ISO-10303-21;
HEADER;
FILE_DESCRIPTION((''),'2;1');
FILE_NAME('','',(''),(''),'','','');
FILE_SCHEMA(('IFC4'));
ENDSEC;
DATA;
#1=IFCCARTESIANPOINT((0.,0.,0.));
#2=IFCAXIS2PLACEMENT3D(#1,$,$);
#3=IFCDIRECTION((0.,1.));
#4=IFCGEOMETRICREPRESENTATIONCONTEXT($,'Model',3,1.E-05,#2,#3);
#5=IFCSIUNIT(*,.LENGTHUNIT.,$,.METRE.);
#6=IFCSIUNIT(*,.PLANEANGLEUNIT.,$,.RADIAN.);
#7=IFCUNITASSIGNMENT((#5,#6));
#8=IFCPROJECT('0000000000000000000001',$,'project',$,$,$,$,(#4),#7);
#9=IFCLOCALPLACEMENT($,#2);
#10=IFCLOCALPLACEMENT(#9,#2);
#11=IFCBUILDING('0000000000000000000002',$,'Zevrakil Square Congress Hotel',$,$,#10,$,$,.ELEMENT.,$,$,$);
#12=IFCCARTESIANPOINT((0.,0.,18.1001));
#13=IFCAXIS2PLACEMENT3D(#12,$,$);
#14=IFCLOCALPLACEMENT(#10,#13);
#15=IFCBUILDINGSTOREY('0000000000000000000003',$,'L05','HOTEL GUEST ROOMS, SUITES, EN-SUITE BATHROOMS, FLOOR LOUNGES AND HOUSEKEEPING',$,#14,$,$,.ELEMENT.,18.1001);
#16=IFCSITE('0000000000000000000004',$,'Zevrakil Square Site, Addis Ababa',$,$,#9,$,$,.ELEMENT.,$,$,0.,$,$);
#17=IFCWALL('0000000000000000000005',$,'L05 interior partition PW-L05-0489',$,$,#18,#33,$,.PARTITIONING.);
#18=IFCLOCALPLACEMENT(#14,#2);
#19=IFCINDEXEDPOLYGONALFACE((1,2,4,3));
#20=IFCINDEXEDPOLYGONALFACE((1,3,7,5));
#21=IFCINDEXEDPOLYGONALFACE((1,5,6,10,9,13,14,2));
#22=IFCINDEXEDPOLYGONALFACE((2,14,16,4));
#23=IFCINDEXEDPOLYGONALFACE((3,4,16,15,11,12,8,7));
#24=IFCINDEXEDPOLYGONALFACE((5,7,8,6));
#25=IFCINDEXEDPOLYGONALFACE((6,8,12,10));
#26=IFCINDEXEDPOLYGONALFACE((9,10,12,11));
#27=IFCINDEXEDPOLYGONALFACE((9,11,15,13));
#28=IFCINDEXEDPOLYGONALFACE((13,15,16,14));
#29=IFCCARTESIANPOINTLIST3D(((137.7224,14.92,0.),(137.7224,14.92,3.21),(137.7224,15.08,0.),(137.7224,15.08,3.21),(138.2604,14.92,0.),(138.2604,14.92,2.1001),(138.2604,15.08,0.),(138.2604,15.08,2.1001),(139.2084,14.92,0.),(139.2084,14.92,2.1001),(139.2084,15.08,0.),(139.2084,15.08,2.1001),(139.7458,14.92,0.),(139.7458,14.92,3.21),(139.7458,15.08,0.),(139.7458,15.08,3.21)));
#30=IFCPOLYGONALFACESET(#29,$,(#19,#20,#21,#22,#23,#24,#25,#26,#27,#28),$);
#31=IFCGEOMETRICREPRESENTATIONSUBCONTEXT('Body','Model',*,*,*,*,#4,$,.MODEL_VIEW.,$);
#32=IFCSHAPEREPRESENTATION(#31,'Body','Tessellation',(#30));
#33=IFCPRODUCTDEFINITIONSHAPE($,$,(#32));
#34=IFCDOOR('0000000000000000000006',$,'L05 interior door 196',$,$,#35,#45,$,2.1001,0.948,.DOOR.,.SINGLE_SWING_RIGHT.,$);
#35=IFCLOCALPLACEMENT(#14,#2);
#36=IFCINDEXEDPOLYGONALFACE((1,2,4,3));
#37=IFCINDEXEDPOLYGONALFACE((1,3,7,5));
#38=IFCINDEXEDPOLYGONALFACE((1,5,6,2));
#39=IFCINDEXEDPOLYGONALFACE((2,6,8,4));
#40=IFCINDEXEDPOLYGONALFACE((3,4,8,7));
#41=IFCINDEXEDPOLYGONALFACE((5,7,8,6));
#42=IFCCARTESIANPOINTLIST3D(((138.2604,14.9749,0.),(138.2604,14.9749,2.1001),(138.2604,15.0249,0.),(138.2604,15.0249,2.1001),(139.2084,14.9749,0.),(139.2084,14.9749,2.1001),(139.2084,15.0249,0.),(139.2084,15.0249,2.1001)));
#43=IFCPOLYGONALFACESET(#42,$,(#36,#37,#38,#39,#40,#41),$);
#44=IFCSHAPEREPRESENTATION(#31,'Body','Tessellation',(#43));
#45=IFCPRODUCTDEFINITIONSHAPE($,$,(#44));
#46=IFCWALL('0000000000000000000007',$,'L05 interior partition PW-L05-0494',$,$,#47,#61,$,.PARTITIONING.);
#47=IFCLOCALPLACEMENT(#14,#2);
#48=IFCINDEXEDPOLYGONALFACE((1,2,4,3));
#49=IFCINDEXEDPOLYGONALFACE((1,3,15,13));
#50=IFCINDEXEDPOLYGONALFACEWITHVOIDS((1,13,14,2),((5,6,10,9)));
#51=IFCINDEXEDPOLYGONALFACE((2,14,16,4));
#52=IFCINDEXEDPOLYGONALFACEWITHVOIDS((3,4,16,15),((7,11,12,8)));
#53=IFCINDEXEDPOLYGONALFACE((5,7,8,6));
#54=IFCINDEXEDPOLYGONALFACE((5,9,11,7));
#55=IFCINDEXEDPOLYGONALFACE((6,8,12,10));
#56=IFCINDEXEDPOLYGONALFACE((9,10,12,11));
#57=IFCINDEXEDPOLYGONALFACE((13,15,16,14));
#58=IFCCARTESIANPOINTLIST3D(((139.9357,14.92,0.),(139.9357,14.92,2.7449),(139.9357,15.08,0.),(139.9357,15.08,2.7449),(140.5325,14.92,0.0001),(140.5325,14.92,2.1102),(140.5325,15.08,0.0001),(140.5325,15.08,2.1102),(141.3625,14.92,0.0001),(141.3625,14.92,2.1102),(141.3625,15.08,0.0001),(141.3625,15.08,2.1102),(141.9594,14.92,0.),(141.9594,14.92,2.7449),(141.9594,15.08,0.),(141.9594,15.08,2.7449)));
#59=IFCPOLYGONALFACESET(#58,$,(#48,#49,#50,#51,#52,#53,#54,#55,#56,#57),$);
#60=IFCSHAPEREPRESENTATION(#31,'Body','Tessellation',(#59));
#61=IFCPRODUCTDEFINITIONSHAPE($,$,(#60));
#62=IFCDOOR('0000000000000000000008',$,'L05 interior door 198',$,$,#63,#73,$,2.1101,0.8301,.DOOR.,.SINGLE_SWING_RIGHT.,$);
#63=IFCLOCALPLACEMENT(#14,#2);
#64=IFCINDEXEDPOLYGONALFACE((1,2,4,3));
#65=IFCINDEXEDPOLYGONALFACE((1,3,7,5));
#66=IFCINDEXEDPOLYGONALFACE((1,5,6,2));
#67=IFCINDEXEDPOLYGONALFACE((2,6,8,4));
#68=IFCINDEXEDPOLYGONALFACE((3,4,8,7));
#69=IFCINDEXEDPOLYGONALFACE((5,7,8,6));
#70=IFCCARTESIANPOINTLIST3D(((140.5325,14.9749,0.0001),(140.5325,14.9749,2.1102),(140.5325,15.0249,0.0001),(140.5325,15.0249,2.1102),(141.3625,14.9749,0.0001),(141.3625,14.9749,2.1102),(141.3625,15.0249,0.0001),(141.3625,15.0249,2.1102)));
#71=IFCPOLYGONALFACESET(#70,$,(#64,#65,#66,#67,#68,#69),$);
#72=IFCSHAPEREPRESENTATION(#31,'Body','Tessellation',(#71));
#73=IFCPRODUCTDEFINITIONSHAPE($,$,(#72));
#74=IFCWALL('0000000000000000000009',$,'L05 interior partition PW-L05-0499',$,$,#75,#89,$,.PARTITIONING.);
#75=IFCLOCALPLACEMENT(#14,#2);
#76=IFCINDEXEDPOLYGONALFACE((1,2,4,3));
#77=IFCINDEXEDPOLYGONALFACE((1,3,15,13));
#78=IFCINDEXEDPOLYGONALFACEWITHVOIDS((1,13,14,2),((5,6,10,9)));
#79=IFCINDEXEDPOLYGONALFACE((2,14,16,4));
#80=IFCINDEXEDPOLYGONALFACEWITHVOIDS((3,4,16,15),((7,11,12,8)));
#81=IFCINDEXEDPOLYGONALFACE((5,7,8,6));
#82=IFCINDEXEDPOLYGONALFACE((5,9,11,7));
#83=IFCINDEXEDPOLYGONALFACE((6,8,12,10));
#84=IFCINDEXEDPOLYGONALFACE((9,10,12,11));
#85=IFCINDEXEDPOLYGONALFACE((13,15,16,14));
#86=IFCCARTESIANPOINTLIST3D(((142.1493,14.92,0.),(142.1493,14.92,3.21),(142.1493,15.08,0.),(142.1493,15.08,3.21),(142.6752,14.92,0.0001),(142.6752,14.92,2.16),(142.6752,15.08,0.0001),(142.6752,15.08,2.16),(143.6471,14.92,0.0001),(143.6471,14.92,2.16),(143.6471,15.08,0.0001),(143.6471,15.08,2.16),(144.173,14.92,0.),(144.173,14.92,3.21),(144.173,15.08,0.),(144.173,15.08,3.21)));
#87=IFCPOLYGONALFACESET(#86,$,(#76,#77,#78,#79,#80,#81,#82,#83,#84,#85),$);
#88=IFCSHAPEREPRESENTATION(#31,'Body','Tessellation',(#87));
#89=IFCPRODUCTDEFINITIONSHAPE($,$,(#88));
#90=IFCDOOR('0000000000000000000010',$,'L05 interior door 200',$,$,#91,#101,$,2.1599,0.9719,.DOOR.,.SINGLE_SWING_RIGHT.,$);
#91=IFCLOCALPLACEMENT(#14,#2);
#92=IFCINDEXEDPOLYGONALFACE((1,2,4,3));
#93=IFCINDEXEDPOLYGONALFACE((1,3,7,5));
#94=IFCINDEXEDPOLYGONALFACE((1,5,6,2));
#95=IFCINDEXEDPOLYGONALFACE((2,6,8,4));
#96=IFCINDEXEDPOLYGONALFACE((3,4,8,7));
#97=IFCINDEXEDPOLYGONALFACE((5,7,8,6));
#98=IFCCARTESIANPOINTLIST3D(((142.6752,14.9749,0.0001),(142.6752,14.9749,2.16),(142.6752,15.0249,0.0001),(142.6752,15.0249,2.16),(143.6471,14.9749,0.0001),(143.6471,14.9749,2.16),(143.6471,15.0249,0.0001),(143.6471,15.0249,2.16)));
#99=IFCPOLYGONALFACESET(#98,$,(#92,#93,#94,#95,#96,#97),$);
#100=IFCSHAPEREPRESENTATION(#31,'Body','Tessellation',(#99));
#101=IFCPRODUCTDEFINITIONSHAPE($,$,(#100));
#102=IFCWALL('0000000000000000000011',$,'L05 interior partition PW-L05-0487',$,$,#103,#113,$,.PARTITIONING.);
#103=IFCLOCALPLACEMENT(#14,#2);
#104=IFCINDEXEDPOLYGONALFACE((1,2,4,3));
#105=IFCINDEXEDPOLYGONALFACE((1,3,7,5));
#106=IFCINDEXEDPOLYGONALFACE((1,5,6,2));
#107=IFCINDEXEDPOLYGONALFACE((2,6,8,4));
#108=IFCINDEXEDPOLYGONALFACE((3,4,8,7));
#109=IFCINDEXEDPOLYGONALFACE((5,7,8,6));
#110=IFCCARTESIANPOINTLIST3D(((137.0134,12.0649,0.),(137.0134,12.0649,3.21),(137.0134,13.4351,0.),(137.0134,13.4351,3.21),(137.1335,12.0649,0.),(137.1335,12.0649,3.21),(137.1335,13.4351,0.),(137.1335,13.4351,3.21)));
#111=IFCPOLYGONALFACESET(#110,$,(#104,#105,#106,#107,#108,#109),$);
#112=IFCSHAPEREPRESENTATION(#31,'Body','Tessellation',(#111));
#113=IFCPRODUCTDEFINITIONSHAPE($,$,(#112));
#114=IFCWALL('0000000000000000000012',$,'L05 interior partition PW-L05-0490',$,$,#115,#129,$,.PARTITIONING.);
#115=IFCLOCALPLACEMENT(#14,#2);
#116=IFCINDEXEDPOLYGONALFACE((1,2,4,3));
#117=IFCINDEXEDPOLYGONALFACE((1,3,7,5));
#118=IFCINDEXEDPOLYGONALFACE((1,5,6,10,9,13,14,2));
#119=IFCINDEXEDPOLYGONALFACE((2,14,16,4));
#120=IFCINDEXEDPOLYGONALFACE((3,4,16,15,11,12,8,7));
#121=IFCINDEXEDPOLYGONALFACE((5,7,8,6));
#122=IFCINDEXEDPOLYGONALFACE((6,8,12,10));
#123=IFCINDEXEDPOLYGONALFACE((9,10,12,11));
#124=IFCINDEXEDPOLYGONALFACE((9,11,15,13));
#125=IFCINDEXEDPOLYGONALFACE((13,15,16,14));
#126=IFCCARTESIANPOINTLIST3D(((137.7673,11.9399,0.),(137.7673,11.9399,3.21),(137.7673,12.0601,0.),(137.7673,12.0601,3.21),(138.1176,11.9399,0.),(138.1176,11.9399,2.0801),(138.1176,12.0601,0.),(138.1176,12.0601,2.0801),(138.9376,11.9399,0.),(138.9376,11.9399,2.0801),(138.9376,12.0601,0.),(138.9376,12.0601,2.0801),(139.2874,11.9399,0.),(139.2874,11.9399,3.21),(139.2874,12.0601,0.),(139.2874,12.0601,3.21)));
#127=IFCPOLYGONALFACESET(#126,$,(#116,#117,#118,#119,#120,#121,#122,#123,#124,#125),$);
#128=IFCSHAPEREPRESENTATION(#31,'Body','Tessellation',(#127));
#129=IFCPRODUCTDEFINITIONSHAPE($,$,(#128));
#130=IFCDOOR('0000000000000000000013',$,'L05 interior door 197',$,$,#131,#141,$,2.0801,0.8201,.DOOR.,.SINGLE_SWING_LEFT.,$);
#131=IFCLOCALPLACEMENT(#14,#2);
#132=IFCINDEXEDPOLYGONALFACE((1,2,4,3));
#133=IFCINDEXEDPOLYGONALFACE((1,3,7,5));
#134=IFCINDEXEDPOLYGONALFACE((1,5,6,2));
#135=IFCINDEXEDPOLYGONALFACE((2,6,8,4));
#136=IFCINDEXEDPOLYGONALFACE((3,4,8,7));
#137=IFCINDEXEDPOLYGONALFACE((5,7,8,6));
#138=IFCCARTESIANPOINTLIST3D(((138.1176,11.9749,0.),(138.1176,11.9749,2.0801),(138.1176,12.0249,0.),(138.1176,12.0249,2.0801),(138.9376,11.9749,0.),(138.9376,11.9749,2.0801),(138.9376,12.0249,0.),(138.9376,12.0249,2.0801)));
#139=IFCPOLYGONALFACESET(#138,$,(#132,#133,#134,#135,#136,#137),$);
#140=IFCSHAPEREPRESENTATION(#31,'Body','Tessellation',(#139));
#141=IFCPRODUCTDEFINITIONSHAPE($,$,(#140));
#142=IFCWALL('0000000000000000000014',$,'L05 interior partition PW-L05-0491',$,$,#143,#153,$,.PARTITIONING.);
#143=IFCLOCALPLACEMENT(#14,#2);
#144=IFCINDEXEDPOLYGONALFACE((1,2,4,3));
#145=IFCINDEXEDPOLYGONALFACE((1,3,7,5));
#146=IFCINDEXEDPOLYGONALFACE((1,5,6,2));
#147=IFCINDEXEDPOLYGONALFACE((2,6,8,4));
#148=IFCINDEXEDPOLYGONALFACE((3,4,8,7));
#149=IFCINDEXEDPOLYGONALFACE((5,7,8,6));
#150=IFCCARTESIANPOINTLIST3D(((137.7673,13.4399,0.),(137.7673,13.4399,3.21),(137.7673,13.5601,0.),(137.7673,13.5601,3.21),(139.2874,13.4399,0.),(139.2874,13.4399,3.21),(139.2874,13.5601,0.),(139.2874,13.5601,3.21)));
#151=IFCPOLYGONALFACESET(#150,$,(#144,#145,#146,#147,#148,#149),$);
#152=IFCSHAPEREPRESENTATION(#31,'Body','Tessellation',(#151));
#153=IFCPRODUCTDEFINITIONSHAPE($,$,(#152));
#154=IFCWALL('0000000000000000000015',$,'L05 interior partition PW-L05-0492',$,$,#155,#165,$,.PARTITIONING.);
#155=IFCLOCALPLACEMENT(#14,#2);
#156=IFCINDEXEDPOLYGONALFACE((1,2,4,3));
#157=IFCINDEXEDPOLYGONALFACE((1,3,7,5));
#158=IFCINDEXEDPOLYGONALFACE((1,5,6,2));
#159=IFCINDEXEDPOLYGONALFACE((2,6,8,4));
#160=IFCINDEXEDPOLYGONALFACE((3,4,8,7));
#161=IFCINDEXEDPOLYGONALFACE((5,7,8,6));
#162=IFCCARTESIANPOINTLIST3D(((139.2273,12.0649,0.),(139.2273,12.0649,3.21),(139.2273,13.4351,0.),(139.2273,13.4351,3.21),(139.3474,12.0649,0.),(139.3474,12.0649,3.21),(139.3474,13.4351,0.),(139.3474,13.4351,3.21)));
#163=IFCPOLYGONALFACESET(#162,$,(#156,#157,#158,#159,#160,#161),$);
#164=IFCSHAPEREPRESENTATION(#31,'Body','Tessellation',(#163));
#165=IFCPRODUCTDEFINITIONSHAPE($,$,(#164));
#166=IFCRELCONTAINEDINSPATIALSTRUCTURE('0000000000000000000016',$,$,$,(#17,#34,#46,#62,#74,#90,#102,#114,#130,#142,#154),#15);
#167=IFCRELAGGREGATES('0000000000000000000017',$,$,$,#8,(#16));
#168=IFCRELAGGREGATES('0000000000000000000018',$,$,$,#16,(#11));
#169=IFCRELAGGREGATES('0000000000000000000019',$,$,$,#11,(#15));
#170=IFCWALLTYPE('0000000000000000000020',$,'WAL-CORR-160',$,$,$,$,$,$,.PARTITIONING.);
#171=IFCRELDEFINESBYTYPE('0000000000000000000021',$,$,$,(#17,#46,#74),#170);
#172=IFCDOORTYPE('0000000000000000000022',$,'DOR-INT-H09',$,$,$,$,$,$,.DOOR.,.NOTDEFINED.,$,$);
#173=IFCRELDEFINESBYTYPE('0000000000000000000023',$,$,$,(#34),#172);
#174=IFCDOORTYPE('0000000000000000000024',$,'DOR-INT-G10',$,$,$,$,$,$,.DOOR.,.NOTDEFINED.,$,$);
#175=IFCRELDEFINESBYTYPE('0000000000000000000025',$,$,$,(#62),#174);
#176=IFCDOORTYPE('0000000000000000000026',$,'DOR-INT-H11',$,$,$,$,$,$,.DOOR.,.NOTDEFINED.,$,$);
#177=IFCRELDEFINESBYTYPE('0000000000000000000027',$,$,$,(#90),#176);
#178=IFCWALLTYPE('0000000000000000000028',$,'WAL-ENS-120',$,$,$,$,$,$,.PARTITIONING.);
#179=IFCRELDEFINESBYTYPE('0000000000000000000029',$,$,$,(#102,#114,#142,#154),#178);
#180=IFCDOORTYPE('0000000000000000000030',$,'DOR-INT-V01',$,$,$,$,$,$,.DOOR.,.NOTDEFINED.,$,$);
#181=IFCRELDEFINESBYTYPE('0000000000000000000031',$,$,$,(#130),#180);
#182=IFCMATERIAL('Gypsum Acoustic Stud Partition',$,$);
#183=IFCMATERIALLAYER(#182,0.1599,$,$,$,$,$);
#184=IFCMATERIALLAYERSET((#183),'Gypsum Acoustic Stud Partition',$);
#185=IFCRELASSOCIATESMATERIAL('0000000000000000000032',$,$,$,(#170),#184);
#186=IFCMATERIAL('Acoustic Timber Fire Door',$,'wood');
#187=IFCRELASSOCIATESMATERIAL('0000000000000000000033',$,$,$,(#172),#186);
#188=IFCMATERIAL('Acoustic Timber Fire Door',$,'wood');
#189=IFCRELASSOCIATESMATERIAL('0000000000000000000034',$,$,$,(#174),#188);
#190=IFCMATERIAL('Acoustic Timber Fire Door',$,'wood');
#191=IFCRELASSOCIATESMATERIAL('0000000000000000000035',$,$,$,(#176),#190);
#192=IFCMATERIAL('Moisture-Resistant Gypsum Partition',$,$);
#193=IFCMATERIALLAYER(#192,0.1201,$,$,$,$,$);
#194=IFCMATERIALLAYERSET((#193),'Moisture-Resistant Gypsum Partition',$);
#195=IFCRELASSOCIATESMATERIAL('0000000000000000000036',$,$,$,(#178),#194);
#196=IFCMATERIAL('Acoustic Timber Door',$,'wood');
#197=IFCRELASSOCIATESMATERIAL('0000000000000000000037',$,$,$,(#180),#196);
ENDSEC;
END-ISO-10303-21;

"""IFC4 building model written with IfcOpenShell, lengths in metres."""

from ifc_helpers import new_model, si_unit, direction, frame, frame_2d, origin, place, context, subcontext, project, spatial, rectangle, extrude, material, layer, layer_set, type_object, element, fill, save


model = new_model("IFC4")

# Units and contexts
model_context = context("Model", 3, precision=1e-05, world=origin(), true_north=direction((0.0, 1.0)))
body_context = subcontext(model_context, "Body", "Model", "MODEL_VIEW")
ifc_project = project(units=[si_unit("LENGTHUNIT", "METRE"), si_unit("PLANEANGLEUNIT", "RADIAN")], contexts=[model_context])

# Site, building, storey
site_placement = place(None, origin())
site = spatial("IfcSite", under=ifc_project, at=site_placement, Name="Zevrakil Square Site, Addis Ababa", CompositionType="ELEMENT", RefElevation=0.0)
building_placement = place(site_placement, origin())
building = spatial("IfcBuilding", under=site, at=building_placement, Name="Zevrakil Square Congress Hotel", CompositionType="ELEMENT")
storey_placement = place(building_placement, frame((0.0, 0.0, 18.1001)))
storey = spatial("IfcBuildingStorey", under=building, at=storey_placement, Name="L05", Description="HOTEL GUEST ROOMS, SUITES, EN-SUITE BATHROOMS, FLOOR LOUNGES AND HOUSEKEEPING", CompositionType="ELEMENT", Elevation=18.1001)

# Walls, openings, doors
ifc_material_1 = material(Name="Gypsum Acoustic Stud Partition")
ifc_layer_1 = layer(ifc_material_1, 0.1599)
ifc_layer_set_1 = layer_set([ifc_layer_1], Name="Gypsum Acoustic Stud Partition")
wall_type_1 = type_object("IfcWallType", Name="WAL-CORR-160", PredefinedType="PARTITIONING", material=ifc_layer_set_1)
wall_1_placement = place(storey_placement, frame((137.7224, 15.0, 0.0), z_axis=(0.0, 0.0, 1.0), x_axis=(1.0, 0.0, 0.0)))
wall_1 = element("IfcWall", 1, at=wall_1_placement, inside=storey, type_object=wall_type_1, Name="L05 interior partition PW-L05-0489", PredefinedType="PARTITIONING", context=body_context, shape_type="SweptSolid", body=[
    extrude(rectangle(XDim=2.0234, YDim=0.1599, at=frame_2d((1.0117, 0.0))), origin(), (0.0, 0.0, 1.0), 3.21),
])
opening_1_placement = place(wall_1_placement, frame((0.5378, 0.0, 0.0)))
opening_1 = element("IfcOpeningElement", 2, at=opening_1_placement, cuts=wall_1, PredefinedType="OPENING", context=body_context, shape_type="SweptSolid", body=[
    extrude(rectangle(XDim=0.948, YDim=2.1001, at=frame_2d((0.4741, 1.05))), frame((0.0, 0.0898, 0.0), z_axis=(0.0, -1.0, 0.0), x_axis=(1.0, 0.0, 0.0)), (0.0, 0.0, 1.0), 0.1799),
])
ifc_material_2 = material(Name="Acoustic Timber Fire Door", Category="wood")
door_type_1 = type_object("IfcDoorType", Name="DOR-INT-H09", OperationType="NOTDEFINED", PredefinedType="DOOR", material=ifc_material_2)
door_1_placement = place(opening_1_placement, origin())
door_1 = element("IfcDoor", 3, at=door_1_placement, inside=storey, type_object=door_type_1, Name="L05 interior door 196", OperationType="SINGLE_SWING_RIGHT", OverallHeight=2.1001, OverallWidth=0.948, PredefinedType="DOOR", context=body_context, shape_type="SweptSolid", body=[
    extrude(rectangle(XDim=0.948, YDim=2.1001, at=frame_2d((0.4741, 1.05))), frame((0.0, 0.0249, 0.0), z_axis=(0.0, -1.0, 0.0), x_axis=(1.0, 0.0, 0.0)), (0.0, 0.0, 1.0), 0.05),
])
fill(opening_1, door_1)
wall_2_placement = place(storey_placement, frame((139.9358, 15.0, 0.0), z_axis=(0.0, 0.0, 1.0), x_axis=(1.0, 0.0, 0.0)))
wall_2 = element("IfcWall", 4, at=wall_2_placement, inside=storey, type_object=wall_type_1, Name="L05 interior partition PW-L05-0494", PredefinedType="PARTITIONING", context=body_context, shape_type="SweptSolid", body=[
    extrude(rectangle(XDim=2.0237, YDim=0.1599, at=frame_2d((1.0117, 0.0))), origin(), (0.0, 0.0, 1.0), 2.7449),
])
opening_2_placement = place(wall_2_placement, frame((0.5967, 0.0, 0.0)))
opening_2 = element("IfcOpeningElement", 5, at=opening_2_placement, cuts=wall_2, PredefinedType="OPENING", context=body_context, shape_type="SweptSolid", body=[
    extrude(rectangle(XDim=0.8301, YDim=2.1101, at=frame_2d((0.415, 1.0552))), frame((0.0, 0.0898, 0.0), z_axis=(0.0, -1.0, 0.0), x_axis=(1.0, 0.0, 0.0)), (0.0, 0.0, 1.0), 0.1799),
])
ifc_material_3 = material(Name="Acoustic Timber Fire Door", Category="wood")
door_type_2 = type_object("IfcDoorType", Name="DOR-INT-G10", OperationType="NOTDEFINED", PredefinedType="DOOR", material=ifc_material_3)
door_2_placement = place(opening_2_placement, origin())
door_2 = element("IfcDoor", 6, at=door_2_placement, inside=storey, type_object=door_type_2, Name="L05 interior door 198", OperationType="SINGLE_SWING_RIGHT", OverallHeight=2.1101, OverallWidth=0.8301, PredefinedType="DOOR", context=body_context, shape_type="SweptSolid", body=[
    extrude(rectangle(XDim=0.8301, YDim=2.1101, at=frame_2d((0.415, 1.0552))), frame((0.0, 0.0249, 0.0), z_axis=(0.0, -1.0, 0.0), x_axis=(1.0, 0.0, 0.0)), (0.0, 0.0, 1.0), 0.05),
])
fill(opening_2, door_2)
wall_3_placement = place(storey_placement, frame((142.1494, 15.0, 0.0), z_axis=(0.0, 0.0, 1.0), x_axis=(1.0, 0.0, 0.0)))
wall_3 = element("IfcWall", 7, at=wall_3_placement, inside=storey, type_object=wall_type_1, Name="L05 interior partition PW-L05-0499", PredefinedType="PARTITIONING", context=body_context, shape_type="SweptSolid", body=[
    extrude(rectangle(XDim=2.0237, YDim=0.1599, at=frame_2d((1.0117, 0.0))), origin(), (0.0, 0.0, 1.0), 3.21),
])
opening_3_placement = place(wall_3_placement, frame((0.5259, 0.0, 0.0)))
opening_3 = element("IfcOpeningElement", 8, at=opening_3_placement, cuts=wall_3, PredefinedType="OPENING", context=body_context, shape_type="SweptSolid", body=[
    extrude(rectangle(XDim=0.9719, YDim=2.1599, at=frame_2d((0.4858, 1.0801))), frame((0.0, 0.0898, 0.0), z_axis=(0.0, -1.0, 0.0), x_axis=(1.0, 0.0, 0.0)), (0.0, 0.0, 1.0), 0.1799),
])
ifc_material_4 = material(Name="Acoustic Timber Fire Door", Category="wood")
door_type_3 = type_object("IfcDoorType", Name="DOR-INT-H11", OperationType="NOTDEFINED", PredefinedType="DOOR", material=ifc_material_4)
door_3_placement = place(opening_3_placement, origin())
door_3 = element("IfcDoor", 9, at=door_3_placement, inside=storey, type_object=door_type_3, Name="L05 interior door 200", OperationType="SINGLE_SWING_RIGHT", OverallHeight=2.1599, OverallWidth=0.9719, PredefinedType="DOOR", context=body_context, shape_type="SweptSolid", body=[
    extrude(rectangle(XDim=0.9719, YDim=2.1599, at=frame_2d((0.4858, 1.0801))), frame((0.0, 0.0249, 0.0), z_axis=(0.0, -1.0, 0.0), x_axis=(1.0, 0.0, 0.0)), (0.0, 0.0, 1.0), 0.05),
])
fill(opening_3, door_3)

# Wall
ifc_material_5 = material(Name="Moisture-Resistant Gypsum Partition")
ifc_layer_2 = layer(ifc_material_5, 0.1201)
ifc_layer_set_2 = layer_set([ifc_layer_2], Name="Moisture-Resistant Gypsum Partition")
wall_type_2 = type_object("IfcWallType", Name="WAL-ENS-120", PredefinedType="PARTITIONING", material=ifc_layer_set_2)
wall_4_placement = place(storey_placement, frame((137.0735, 12.0649, 0.0), z_axis=(0.0, 0.0, 1.0), x_axis=(0.0, 1.0, 0.0)))
element("IfcWall", 10, at=wall_4_placement, inside=storey, type_object=wall_type_2, Name="L05 interior partition PW-L05-0487", PredefinedType="PARTITIONING", context=body_context, shape_type="SweptSolid", body=[
    extrude(rectangle(XDim=1.3701, YDim=0.1201, at=frame_2d((0.6851, 0.0))), origin(), (0.0, 0.0, 1.0), 3.21),
])

# Wall, opening, door
wall_5_placement = place(storey_placement, frame((137.7673, 12.0, 0.0), z_axis=(0.0, 0.0, 1.0), x_axis=(1.0, 0.0, 0.0)))
wall_5 = element("IfcWall", 11, at=wall_5_placement, inside=storey, type_object=wall_type_2, Name="L05 interior partition PW-L05-0490", PredefinedType="PARTITIONING", context=body_context, shape_type="SweptSolid", body=[
    extrude(rectangle(XDim=1.52, YDim=0.1201, at=frame_2d((0.76, 0.0))), origin(), (0.0, 0.0, 1.0), 3.21),
])
opening_4_placement = place(wall_5_placement, frame((0.3501, 0.0, 0.0)))
opening_4 = element("IfcOpeningElement", 12, at=opening_4_placement, cuts=wall_5, PredefinedType="OPENING", context=body_context, shape_type="SweptSolid", body=[
    extrude(rectangle(XDim=0.8201, YDim=2.0801, at=frame_2d((0.4102, 1.04))), frame((0.0, 0.0701, 0.0), z_axis=(0.0, -1.0, 0.0), x_axis=(1.0, 0.0, 0.0)), (0.0, 0.0, 1.0), 0.1401),
])
ifc_material_6 = material(Name="Acoustic Timber Door", Category="wood")
door_type_4 = type_object("IfcDoorType", Name="DOR-INT-V01", OperationType="NOTDEFINED", PredefinedType="DOOR", material=ifc_material_6)
door_4_placement = place(opening_4_placement, origin())
door_4 = element("IfcDoor", 13, at=door_4_placement, inside=storey, type_object=door_type_4, Name="L05 interior door 197", OperationType="SINGLE_SWING_LEFT", OverallHeight=2.0801, OverallWidth=0.8201, PredefinedType="DOOR", context=body_context, shape_type="SweptSolid", body=[
    extrude(rectangle(XDim=0.8201, YDim=2.0801, at=frame_2d((0.4102, 1.04))), frame((0.0, 0.0249, 0.0), z_axis=(0.0, -1.0, 0.0), x_axis=(1.0, 0.0, 0.0)), (0.0, 0.0, 1.0), 0.05),
])
fill(opening_4, door_4)

# Walls
wall_6_placement = place(storey_placement, frame((137.7673, 13.5, 0.0), z_axis=(0.0, 0.0, 1.0), x_axis=(1.0, 0.0, 0.0)))
element("IfcWall", 14, at=wall_6_placement, inside=storey, type_object=wall_type_2, Name="L05 interior partition PW-L05-0491", PredefinedType="PARTITIONING", context=body_context, shape_type="SweptSolid", body=[
    extrude(rectangle(XDim=1.52, YDim=0.1201, at=frame_2d((0.76, 0.0))), origin(), (0.0, 0.0, 1.0), 3.21),
])
wall_7_placement = place(storey_placement, frame((139.2874, 12.0649, 0.0), z_axis=(0.0, 0.0, 1.0), x_axis=(0.0, 1.0, 0.0)))
element("IfcWall", 15, at=wall_7_placement, inside=storey, type_object=wall_type_2, Name="L05 interior partition PW-L05-0492", PredefinedType="PARTITIONING", context=body_context, shape_type="SweptSolid", body=[
    extrude(rectangle(XDim=1.3701, YDim=0.1201, at=frame_2d((0.6851, 0.0))), origin(), (0.0, 0.0, 1.0), 3.21),
])

save(model, "model.ifc")
